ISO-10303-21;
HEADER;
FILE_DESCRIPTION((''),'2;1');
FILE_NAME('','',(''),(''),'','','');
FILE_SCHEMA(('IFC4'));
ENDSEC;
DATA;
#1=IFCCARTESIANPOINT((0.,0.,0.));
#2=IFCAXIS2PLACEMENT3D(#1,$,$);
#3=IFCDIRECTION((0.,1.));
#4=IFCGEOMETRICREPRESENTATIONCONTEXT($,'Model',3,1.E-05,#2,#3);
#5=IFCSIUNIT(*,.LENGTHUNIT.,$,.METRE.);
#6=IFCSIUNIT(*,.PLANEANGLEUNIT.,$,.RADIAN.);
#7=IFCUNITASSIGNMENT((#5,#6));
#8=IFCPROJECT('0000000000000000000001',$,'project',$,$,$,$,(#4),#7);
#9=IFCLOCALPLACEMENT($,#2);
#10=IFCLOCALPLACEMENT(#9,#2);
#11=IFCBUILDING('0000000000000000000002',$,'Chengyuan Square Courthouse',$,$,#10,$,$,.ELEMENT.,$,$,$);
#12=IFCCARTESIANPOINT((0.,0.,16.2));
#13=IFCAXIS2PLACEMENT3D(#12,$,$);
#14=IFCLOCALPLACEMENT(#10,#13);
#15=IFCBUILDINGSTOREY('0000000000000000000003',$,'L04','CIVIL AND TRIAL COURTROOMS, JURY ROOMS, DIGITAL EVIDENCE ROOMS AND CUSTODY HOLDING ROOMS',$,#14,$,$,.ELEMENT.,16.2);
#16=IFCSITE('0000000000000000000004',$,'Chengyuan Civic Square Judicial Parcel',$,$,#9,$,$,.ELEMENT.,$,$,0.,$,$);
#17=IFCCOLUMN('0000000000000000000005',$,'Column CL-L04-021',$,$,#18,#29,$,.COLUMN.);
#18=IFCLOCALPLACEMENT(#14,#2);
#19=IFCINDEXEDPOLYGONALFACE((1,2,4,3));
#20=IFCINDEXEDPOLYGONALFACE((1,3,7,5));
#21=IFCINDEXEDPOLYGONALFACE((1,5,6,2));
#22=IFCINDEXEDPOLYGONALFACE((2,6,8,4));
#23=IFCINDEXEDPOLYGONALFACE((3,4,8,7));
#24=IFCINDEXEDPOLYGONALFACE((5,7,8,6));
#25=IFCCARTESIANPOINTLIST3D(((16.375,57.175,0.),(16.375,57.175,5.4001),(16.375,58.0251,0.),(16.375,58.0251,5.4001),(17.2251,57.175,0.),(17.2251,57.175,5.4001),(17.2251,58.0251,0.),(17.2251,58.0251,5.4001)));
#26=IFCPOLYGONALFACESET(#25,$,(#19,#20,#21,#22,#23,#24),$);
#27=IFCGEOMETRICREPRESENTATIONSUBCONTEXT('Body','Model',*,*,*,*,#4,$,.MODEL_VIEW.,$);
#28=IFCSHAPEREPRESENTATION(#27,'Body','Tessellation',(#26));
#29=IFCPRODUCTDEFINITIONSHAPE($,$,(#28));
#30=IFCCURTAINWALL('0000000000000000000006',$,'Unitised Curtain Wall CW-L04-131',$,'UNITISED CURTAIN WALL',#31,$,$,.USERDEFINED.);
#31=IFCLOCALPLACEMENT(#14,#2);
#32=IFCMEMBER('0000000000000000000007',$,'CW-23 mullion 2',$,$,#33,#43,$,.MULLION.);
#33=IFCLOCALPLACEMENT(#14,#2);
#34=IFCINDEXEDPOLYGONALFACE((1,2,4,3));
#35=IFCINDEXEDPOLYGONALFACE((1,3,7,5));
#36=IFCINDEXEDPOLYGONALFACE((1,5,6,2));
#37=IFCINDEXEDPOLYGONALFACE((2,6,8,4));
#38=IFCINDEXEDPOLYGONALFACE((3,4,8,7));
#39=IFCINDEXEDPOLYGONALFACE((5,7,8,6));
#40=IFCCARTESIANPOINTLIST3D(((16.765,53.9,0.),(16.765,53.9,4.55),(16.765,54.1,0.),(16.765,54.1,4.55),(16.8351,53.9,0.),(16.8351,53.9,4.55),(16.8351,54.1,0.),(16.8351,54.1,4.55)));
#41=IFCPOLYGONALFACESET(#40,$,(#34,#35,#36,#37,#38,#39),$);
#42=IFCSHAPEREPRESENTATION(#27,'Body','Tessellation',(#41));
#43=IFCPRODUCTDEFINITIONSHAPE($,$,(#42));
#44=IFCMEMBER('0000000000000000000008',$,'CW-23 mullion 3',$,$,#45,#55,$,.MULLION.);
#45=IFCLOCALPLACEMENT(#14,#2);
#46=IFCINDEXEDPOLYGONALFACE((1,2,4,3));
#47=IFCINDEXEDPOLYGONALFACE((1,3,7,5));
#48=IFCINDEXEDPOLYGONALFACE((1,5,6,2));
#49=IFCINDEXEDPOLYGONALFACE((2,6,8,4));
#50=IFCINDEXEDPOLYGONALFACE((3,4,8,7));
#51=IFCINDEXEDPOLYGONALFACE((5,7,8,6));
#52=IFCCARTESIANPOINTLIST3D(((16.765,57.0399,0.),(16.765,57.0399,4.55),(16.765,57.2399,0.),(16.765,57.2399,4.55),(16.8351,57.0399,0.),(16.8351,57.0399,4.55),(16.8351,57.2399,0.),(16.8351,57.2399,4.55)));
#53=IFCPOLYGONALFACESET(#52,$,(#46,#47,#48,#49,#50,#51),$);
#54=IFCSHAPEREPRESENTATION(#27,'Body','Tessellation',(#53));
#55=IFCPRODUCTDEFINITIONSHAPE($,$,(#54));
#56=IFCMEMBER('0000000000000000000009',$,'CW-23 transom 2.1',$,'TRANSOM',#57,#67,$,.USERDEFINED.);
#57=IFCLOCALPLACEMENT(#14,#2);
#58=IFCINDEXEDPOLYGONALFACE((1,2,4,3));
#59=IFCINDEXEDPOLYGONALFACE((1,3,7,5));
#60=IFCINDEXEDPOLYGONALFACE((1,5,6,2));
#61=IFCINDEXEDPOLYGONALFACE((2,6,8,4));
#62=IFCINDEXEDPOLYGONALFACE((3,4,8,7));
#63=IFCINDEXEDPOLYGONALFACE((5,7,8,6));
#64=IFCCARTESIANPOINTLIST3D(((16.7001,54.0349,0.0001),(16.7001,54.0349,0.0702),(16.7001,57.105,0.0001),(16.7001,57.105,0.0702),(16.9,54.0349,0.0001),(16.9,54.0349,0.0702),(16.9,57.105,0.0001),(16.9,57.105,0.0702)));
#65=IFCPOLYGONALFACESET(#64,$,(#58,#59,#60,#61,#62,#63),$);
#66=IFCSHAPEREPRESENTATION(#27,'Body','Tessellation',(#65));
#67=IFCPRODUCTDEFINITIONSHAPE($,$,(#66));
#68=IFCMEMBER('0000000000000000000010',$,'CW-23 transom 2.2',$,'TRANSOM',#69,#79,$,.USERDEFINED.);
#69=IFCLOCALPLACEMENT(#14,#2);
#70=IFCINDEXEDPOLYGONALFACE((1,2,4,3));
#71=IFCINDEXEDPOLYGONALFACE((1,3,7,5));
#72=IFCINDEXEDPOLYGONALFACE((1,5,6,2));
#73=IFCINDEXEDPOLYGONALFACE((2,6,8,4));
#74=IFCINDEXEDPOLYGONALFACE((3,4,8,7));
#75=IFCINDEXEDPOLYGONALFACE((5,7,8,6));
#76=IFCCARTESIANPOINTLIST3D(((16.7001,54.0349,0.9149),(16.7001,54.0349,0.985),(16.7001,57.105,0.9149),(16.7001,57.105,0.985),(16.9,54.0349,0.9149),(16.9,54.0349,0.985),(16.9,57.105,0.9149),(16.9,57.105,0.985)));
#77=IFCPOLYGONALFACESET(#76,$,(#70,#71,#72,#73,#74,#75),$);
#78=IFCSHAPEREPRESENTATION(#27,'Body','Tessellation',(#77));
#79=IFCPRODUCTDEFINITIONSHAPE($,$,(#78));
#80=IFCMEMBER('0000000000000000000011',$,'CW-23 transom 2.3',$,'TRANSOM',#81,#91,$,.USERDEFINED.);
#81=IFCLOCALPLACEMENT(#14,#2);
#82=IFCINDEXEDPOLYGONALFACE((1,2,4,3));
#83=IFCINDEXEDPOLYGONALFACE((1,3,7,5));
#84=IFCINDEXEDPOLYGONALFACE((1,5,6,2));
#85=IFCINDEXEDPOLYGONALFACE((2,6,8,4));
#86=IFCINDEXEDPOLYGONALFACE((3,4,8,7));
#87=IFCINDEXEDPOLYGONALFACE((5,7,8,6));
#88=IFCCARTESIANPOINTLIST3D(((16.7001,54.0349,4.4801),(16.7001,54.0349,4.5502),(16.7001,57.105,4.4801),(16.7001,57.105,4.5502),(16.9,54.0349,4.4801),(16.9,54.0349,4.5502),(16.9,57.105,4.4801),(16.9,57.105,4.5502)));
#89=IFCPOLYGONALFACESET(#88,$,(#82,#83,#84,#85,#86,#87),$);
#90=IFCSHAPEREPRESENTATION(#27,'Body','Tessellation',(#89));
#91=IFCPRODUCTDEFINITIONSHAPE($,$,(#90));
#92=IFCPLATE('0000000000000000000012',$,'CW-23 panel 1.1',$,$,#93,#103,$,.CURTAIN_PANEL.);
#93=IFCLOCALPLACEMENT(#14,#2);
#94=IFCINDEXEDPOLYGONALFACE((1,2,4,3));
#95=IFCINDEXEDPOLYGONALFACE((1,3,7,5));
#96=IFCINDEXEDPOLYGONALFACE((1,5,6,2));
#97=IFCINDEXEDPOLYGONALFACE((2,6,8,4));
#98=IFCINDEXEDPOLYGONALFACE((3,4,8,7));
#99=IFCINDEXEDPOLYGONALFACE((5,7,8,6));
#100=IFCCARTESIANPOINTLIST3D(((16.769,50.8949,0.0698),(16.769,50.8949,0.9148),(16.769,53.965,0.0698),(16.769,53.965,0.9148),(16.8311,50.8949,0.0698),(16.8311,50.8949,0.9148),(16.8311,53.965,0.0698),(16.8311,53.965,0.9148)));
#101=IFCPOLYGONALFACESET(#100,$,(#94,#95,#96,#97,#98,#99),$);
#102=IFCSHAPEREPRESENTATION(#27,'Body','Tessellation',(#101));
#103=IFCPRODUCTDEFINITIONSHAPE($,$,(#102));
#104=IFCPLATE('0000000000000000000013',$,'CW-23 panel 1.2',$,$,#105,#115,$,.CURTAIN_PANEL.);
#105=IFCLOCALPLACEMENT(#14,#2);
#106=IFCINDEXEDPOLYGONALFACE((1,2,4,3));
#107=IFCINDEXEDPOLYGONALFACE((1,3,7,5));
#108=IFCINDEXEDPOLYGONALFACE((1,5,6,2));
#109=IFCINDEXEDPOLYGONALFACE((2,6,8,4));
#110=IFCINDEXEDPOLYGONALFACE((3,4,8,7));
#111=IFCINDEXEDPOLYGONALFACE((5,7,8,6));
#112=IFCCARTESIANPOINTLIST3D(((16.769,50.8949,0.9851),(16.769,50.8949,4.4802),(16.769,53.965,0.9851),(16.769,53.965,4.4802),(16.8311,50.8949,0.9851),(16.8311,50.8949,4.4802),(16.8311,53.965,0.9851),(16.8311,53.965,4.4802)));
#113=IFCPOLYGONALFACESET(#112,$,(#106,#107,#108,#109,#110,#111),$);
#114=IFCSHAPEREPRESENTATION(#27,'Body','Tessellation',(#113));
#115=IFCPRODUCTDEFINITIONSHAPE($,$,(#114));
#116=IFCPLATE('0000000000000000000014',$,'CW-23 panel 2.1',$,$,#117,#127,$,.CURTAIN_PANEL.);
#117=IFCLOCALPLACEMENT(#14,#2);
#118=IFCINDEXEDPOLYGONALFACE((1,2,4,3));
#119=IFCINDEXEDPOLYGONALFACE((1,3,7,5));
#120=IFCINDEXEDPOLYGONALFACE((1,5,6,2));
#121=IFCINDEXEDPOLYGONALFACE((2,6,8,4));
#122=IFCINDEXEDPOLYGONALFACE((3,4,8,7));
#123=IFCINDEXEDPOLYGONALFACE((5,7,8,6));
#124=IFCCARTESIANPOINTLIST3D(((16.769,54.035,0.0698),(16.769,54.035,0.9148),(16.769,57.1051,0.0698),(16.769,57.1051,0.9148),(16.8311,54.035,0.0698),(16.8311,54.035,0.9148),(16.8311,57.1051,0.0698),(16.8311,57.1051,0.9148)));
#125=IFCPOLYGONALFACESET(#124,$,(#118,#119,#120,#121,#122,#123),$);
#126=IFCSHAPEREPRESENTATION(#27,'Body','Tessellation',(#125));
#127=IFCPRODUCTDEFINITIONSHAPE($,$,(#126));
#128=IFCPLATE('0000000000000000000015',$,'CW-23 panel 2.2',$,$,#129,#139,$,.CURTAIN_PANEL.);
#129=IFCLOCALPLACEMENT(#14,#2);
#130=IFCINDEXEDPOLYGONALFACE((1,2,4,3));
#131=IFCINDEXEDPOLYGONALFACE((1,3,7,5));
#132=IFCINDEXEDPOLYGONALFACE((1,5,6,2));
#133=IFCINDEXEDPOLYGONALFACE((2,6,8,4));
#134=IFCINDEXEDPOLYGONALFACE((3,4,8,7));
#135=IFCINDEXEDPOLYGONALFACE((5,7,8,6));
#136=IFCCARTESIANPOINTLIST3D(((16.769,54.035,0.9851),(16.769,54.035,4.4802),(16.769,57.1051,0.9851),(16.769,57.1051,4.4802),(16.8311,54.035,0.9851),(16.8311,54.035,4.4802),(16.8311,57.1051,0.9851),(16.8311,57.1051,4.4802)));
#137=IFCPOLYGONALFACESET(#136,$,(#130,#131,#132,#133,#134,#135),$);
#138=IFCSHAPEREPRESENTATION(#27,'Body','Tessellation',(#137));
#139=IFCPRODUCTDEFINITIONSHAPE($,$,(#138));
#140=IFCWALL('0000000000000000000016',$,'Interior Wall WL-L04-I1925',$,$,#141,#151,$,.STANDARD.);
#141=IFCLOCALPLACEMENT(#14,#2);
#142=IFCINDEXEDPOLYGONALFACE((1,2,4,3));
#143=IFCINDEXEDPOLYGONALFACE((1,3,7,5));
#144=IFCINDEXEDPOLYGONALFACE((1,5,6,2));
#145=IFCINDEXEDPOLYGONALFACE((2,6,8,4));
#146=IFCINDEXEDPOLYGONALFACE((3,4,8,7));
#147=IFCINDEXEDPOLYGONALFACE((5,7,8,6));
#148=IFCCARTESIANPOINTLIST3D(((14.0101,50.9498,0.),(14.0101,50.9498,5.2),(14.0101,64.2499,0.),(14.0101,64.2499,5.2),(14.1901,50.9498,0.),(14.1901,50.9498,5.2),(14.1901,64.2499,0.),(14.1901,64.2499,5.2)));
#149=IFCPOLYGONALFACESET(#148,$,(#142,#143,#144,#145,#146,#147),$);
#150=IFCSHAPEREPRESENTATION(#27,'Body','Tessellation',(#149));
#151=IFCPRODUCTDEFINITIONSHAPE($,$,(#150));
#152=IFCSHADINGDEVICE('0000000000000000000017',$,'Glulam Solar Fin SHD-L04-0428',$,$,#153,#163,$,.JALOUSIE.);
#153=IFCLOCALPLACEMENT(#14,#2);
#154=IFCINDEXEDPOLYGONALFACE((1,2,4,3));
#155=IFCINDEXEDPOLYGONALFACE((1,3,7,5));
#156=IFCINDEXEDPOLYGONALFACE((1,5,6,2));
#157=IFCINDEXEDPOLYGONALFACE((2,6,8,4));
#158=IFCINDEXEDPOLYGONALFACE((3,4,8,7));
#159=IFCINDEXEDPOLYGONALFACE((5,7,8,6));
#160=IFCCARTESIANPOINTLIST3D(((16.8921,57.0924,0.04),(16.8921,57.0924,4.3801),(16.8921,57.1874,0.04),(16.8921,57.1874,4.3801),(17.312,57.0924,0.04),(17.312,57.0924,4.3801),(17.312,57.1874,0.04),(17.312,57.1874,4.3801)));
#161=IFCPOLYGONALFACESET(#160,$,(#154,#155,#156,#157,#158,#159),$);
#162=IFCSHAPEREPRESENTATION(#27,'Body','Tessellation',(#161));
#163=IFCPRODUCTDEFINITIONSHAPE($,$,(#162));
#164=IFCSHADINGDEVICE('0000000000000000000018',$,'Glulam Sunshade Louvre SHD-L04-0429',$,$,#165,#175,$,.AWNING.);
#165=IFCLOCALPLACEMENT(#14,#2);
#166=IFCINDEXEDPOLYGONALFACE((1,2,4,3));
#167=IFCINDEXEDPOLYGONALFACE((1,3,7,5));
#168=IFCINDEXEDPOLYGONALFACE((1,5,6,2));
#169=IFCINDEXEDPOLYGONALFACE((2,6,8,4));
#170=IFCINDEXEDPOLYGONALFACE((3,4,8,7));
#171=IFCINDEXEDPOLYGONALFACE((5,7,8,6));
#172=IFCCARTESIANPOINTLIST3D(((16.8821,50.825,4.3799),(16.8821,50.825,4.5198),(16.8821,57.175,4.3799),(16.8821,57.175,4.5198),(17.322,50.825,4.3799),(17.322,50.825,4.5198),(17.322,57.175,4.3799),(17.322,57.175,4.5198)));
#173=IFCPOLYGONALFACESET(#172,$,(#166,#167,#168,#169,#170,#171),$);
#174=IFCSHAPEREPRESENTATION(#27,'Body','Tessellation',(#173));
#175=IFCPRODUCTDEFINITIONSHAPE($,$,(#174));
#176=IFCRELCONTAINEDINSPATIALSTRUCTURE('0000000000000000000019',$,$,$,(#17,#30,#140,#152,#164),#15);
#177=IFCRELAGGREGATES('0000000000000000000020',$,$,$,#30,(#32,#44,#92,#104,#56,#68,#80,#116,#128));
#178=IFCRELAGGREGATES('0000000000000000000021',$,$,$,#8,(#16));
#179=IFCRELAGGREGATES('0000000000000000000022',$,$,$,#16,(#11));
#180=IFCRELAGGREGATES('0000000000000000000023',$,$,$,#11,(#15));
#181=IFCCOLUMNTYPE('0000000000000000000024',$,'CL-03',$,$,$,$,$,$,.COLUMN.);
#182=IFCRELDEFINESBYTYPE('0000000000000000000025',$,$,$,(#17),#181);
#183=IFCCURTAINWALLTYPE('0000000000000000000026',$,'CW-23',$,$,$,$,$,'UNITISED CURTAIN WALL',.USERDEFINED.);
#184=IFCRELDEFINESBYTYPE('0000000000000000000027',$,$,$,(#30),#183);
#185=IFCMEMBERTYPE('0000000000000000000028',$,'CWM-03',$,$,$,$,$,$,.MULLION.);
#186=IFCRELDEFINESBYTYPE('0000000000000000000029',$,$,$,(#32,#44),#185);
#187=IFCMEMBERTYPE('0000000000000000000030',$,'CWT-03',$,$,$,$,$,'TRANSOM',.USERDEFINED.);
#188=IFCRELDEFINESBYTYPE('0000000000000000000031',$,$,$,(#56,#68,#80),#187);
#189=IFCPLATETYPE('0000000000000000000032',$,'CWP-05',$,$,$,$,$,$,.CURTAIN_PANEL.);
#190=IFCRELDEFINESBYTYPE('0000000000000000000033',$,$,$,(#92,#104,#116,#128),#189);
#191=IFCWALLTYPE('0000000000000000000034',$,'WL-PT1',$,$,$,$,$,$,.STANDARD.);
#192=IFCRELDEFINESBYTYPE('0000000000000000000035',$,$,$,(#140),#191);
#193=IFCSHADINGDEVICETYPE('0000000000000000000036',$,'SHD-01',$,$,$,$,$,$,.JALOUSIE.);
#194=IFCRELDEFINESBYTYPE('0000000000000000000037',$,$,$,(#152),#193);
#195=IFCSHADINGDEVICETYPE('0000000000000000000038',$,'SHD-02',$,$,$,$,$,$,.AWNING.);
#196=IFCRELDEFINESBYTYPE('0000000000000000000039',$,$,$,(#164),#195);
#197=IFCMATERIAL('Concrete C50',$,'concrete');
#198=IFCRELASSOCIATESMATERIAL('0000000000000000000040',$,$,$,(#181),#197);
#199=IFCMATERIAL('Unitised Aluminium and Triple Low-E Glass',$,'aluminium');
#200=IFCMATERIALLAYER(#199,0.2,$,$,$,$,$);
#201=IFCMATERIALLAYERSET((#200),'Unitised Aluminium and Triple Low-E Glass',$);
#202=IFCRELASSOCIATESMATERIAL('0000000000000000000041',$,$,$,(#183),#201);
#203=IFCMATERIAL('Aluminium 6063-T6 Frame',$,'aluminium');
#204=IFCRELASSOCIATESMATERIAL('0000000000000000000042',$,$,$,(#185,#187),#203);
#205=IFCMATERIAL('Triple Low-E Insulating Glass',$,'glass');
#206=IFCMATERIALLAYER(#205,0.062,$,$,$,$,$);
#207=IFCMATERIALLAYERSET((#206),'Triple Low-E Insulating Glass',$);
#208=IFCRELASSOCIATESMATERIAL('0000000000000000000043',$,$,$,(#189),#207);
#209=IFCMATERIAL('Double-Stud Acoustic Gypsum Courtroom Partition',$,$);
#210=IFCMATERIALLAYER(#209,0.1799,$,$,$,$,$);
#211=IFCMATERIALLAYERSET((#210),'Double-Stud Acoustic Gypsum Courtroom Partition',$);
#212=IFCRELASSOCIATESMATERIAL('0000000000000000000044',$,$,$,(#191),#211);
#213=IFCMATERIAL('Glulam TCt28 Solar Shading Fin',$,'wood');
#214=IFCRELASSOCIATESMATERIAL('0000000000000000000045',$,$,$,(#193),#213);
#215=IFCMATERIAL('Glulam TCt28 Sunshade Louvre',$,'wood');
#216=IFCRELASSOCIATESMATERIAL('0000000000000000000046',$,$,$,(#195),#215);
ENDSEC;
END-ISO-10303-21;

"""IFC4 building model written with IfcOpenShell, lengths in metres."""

from ifc_helpers import new_model, si_unit, direction, frame, frame_2d, origin, origin_2d, place, context, subcontext, project, spatial, rectangle, extrude, material, layer, layer_set, material_profile, profile_set, type_object, element, aggregate, save


model = new_model("IFC4")

# Units and contexts
model_context = context("Model", 3, precision=1e-05, world=origin(), true_north=direction((0.0, 1.0)))
body_context = subcontext(model_context, "Body", "Model", "MODEL_VIEW")
ifc_project = project(units=[si_unit("LENGTHUNIT", "METRE"), si_unit("PLANEANGLEUNIT", "RADIAN")], contexts=[model_context])

# Site, building, storey
site_placement = place(None, origin())
site = spatial("IfcSite", under=ifc_project, at=site_placement, Name="Chengyuan Civic Square Judicial Parcel", CompositionType="ELEMENT", RefElevation=0.0)
building_placement = place(site_placement, origin())
building = spatial("IfcBuilding", under=site, at=building_placement, Name="Chengyuan Square Courthouse", CompositionType="ELEMENT")
storey_placement = place(building_placement, frame((0.0, 0.0, 16.2)))
storey = spatial("IfcBuildingStorey", under=building, at=storey_placement, Name="L04", Description="CIVIL AND TRIAL COURTROOMS, JURY ROOMS, DIGITAL EVIDENCE ROOMS AND CUSTODY HOLDING ROOMS", CompositionType="ELEMENT", Elevation=16.2)

# Column
ifc_material_1 = material(Name="Concrete C50", Category="concrete")
ifc_material_profile_1 = material_profile(ifc_material_1, rectangle(XDim=0.8501, YDim=0.8501, at=origin_2d()), Name="RC-COL-850x850")
ifc_profile_set_1 = profile_set([ifc_material_profile_1], Name="Concrete C50")
column_type = type_object("IfcColumnType", Name="CL-03", PredefinedType="COLUMN", material=ifc_profile_set_1)
column_placement = place(storey_placement, frame((16.8, 57.6001, 0.0), z_axis=(0.0, 0.0, 1.0), x_axis=(1.0, 0.0, 0.0)))
element("IfcColumn", 1, at=column_placement, inside=storey, type_object=column_type, Name="Column CL-L04-021", PredefinedType="COLUMN", context=body_context, shape_type="SweptSolid", body=[
    extrude(rectangle(XDim=0.8501, YDim=0.8501, at=origin_2d()), origin(), (0.0, 0.0, 1.0), 5.4001),
])

# Curtain wall, members, plates
ifc_material_2 = material(Name="Unitised Aluminium and Triple Low-E Glass", Category="aluminium")
ifc_layer_1 = layer(ifc_material_2, 0.2)
ifc_layer_set_1 = layer_set([ifc_layer_1], Name="Unitised Aluminium and Triple Low-E Glass")
curtain_wall_type = type_object("IfcCurtainWallType", Name="CW-23", ElementType="UNITISED CURTAIN WALL", PredefinedType="USERDEFINED", material=ifc_layer_set_1)
curtain_wall_placement = place(storey_placement, origin())
curtain_wall = element("IfcCurtainWall", 2, at=curtain_wall_placement, inside=storey, type_object=curtain_wall_type, Name="Unitised Curtain Wall CW-L04-131", ObjectType="UNITISED CURTAIN WALL", PredefinedType="USERDEFINED")
ifc_material_3 = material(Name="Aluminium 6063-T6 Frame", Category="aluminium")
ifc_material_profile_2 = material_profile(ifc_material_3, rectangle(XDim=0.0701, YDim=0.2, at=origin_2d()), Name="CW-MUL-70x200")
ifc_profile_set_2 = profile_set([ifc_material_profile_2], Name="Aluminium 6063-T6 Frame")
member_type_1 = type_object("IfcMemberType", Name="CWM-03", PredefinedType="MULLION", material=ifc_profile_set_2)
member_1_placement = place(storey_placement, frame((16.8, 54.0, 0.0), z_axis=(0.0, 0.0, 1.0), x_axis=(-1.0, 0.0, 0.0)))
member_1 = element("IfcMember", 3, at=member_1_placement, type_object=member_type_1, Name="CW-23 mullion 2", PredefinedType="MULLION", context=body_context, shape_type="SweptSolid", body=[
    extrude(rectangle(XDim=0.0701, YDim=0.2, at=origin_2d()), origin(), (0.0, 0.0, 1.0), 4.55),
])
member_2_placement = place(storey_placement, frame((16.8, 57.1399, 0.0), z_axis=(0.0, 0.0, 1.0), x_axis=(-1.0, 0.0, 0.0)))
member_2 = element("IfcMember", 4, at=member_2_placement, type_object=member_type_1, Name="CW-23 mullion 3", PredefinedType="MULLION", context=body_context, shape_type="SweptSolid", body=[
    extrude(rectangle(XDim=0.0701, YDim=0.2, at=origin_2d()), origin(), (0.0, 0.0, 1.0), 4.55),
])
ifc_material_profile_3 = material_profile(ifc_material_3, rectangle(XDim=0.2, YDim=0.0701, at=origin_2d()), Name="CW-TRN-70x160")
ifc_profile_set_3 = profile_set([ifc_material_profile_3], Name="Aluminium 6063-T6 Frame")
member_type_2 = type_object("IfcMemberType", Name="CWT-03", ElementType="TRANSOM", PredefinedType="USERDEFINED", material=ifc_profile_set_3)
member_3_placement = place(storey_placement, frame((16.8, 54.0349, 0.0352), z_axis=(0.0, 1.0, 0.0), x_axis=(-1.0, 0.0, 0.0)))
member_3 = element("IfcMember", 5, at=member_3_placement, type_object=member_type_2, Name="CW-23 transom 2.1", ObjectType="TRANSOM", PredefinedType="USERDEFINED", context=body_context, shape_type="SweptSolid", body=[
    extrude(rectangle(XDim=0.2, YDim=0.0701, at=origin_2d()), origin(), (0.0, 0.0, 1.0), 3.0701),
])
member_4_placement = place(storey_placement, frame((16.8, 54.0349, 0.95), z_axis=(0.0, 1.0, 0.0), x_axis=(-1.0, 0.0, 0.0)))
member_4 = element("IfcMember", 6, at=member_4_placement, type_object=member_type_2, Name="CW-23 transom 2.2", ObjectType="TRANSOM", PredefinedType="USERDEFINED", context=body_context, shape_type="SweptSolid", body=[
    extrude(rectangle(XDim=0.2, YDim=0.0701, at=origin_2d()), origin(), (0.0, 0.0, 1.0), 3.0701),
])
member_5_placement = place(storey_placement, frame((16.8, 54.0349, 4.5151), z_axis=(0.0, 1.0, 0.0), x_axis=(-1.0, 0.0, 0.0)))
member_5 = element("IfcMember", 7, at=member_5_placement, type_object=member_type_2, Name="CW-23 transom 2.3", ObjectType="TRANSOM", PredefinedType="USERDEFINED", context=body_context, shape_type="SweptSolid", body=[
    extrude(rectangle(XDim=0.2, YDim=0.0701, at=origin_2d()), origin(), (0.0, 0.0, 1.0), 3.0701),
])
ifc_material_4 = material(Name="Triple Low-E Insulating Glass", Category="glass")
ifc_layer_2 = layer(ifc_material_4, 0.062)
ifc_layer_set_2 = layer_set([ifc_layer_2], Name="Triple Low-E Insulating Glass")
plate_type = type_object("IfcPlateType", Name="CWP-05", PredefinedType="CURTAIN_PANEL", material=ifc_layer_set_2)
plate_1_placement = place(storey_placement, frame((16.8, 52.4299, 0.0698), z_axis=(0.0, 0.0, 1.0), x_axis=(0.0, 1.0, 0.0)))
plate_1 = element("IfcPlate", 8, at=plate_1_placement, type_object=plate_type, Name="CW-23 panel 1.1", PredefinedType="CURTAIN_PANEL", context=body_context, shape_type="SweptSolid", body=[
    extrude(rectangle(XDim=3.0701, YDim=0.062, at=origin_2d()), origin(), (0.0, 0.0, 1.0), 0.845),
])
plate_2_placement = place(storey_placement, frame((16.8, 52.4299, 0.9851), z_axis=(0.0, 0.0, 1.0), x_axis=(0.0, 1.0, 0.0)))
plate_2 = element("IfcPlate", 9, at=plate_2_placement, type_object=plate_type, Name="CW-23 panel 1.2", PredefinedType="CURTAIN_PANEL", context=body_context, shape_type="SweptSolid", body=[
    extrude(rectangle(XDim=3.0701, YDim=0.062, at=origin_2d()), origin(), (0.0, 0.0, 1.0), 3.4951),
])
plate_3_placement = place(storey_placement, frame((16.8, 55.5701, 0.0698), z_axis=(0.0, 0.0, 1.0), x_axis=(0.0, 1.0, 0.0)))
plate_3 = element("IfcPlate", 10, at=plate_3_placement, type_object=plate_type, Name="CW-23 panel 2.1", PredefinedType="CURTAIN_PANEL", context=body_context, shape_type="SweptSolid", body=[
    extrude(rectangle(XDim=3.0701, YDim=0.062, at=origin_2d()), origin(), (0.0, 0.0, 1.0), 0.845),
])
plate_4_placement = place(storey_placement, frame((16.8, 55.5701, 0.9851), z_axis=(0.0, 0.0, 1.0), x_axis=(0.0, 1.0, 0.0)))
plate_4 = element("IfcPlate", 11, at=plate_4_placement, type_object=plate_type, Name="CW-23 panel 2.2", PredefinedType="CURTAIN_PANEL", context=body_context, shape_type="SweptSolid", body=[
    extrude(rectangle(XDim=3.0701, YDim=0.062, at=origin_2d()), origin(), (0.0, 0.0, 1.0), 3.4951),
])
aggregate(curtain_wall, [member_1, member_2, plate_1, plate_2, member_3, member_4, member_5, plate_3, plate_4])

# Wall
ifc_material_5 = material(Name="Double-Stud Acoustic Gypsum Courtroom Partition")
ifc_layer_3 = layer(ifc_material_5, 0.1799)
ifc_layer_set_3 = layer_set([ifc_layer_3], Name="Double-Stud Acoustic Gypsum Courtroom Partition")
wall_type = type_object("IfcWallType", Name="WL-PT1", PredefinedType="STANDARD", material=ifc_layer_set_3)
wall_placement = place(storey_placement, frame((14.1001, 50.95, 0.0), z_axis=(0.0, 0.0, 1.0), x_axis=(0.0, 1.0, 0.0)))
element("IfcWall", 12, at=wall_placement, inside=storey, type_object=wall_type, Name="Interior Wall WL-L04-I1925", PredefinedType="STANDARD", context=body_context, shape_type="SweptSolid", body=[
    extrude(rectangle(XDim=13.3, YDim=0.1799, at=frame_2d((6.6499, 0.0))), origin(), (0.0, 0.0, 1.0), 5.2),
])

# Shading devices
ifc_material_6 = material(Name="Glulam TCt28 Solar Shading Fin", Category="wood")
shading_device_type_1 = type_object("IfcShadingDeviceType", Name="SHD-01", PredefinedType="JALOUSIE", material=ifc_material_6)
shading_device_1_placement = place(storey_placement, frame((17.1021, 57.1399, 0.04), z_axis=(0.0, 0.0, 1.0), x_axis=(1.0, 0.0, 0.0)))
element("IfcShadingDevice", 13, at=shading_device_1_placement, inside=storey, type_object=shading_device_type_1, Name="Glulam Solar Fin SHD-L04-0428", PredefinedType="JALOUSIE", context=body_context, shape_type="SweptSolid", body=[
    extrude(rectangle(XDim=0.4199, YDim=0.095, at=origin_2d()), origin(), (0.0, 0.0, 1.0), 4.3401),
])
ifc_material_7 = material(Name="Glulam TCt28 Sunshade Louvre", Category="wood")
shading_device_type_2 = type_object("IfcShadingDeviceType", Name="SHD-02", PredefinedType="AWNING", material=ifc_material_7)
shading_device_2_placement = place(storey_placement, frame((17.1021, 54.0, 4.3799), z_axis=(0.0, 0.0, 1.0), x_axis=(0.0, 1.0, 0.0)))
element("IfcShadingDevice", 14, at=shading_device_2_placement, inside=storey, type_object=shading_device_type_2, Name="Glulam Sunshade Louvre SHD-L04-0429", PredefinedType="AWNING", context=body_context, shape_type="SweptSolid", body=[
    extrude(rectangle(XDim=6.3501, YDim=0.4399, at=origin_2d()), origin(), (0.0, 0.0, 1.0), 0.1399),
])

save(model, "model.ifc")
